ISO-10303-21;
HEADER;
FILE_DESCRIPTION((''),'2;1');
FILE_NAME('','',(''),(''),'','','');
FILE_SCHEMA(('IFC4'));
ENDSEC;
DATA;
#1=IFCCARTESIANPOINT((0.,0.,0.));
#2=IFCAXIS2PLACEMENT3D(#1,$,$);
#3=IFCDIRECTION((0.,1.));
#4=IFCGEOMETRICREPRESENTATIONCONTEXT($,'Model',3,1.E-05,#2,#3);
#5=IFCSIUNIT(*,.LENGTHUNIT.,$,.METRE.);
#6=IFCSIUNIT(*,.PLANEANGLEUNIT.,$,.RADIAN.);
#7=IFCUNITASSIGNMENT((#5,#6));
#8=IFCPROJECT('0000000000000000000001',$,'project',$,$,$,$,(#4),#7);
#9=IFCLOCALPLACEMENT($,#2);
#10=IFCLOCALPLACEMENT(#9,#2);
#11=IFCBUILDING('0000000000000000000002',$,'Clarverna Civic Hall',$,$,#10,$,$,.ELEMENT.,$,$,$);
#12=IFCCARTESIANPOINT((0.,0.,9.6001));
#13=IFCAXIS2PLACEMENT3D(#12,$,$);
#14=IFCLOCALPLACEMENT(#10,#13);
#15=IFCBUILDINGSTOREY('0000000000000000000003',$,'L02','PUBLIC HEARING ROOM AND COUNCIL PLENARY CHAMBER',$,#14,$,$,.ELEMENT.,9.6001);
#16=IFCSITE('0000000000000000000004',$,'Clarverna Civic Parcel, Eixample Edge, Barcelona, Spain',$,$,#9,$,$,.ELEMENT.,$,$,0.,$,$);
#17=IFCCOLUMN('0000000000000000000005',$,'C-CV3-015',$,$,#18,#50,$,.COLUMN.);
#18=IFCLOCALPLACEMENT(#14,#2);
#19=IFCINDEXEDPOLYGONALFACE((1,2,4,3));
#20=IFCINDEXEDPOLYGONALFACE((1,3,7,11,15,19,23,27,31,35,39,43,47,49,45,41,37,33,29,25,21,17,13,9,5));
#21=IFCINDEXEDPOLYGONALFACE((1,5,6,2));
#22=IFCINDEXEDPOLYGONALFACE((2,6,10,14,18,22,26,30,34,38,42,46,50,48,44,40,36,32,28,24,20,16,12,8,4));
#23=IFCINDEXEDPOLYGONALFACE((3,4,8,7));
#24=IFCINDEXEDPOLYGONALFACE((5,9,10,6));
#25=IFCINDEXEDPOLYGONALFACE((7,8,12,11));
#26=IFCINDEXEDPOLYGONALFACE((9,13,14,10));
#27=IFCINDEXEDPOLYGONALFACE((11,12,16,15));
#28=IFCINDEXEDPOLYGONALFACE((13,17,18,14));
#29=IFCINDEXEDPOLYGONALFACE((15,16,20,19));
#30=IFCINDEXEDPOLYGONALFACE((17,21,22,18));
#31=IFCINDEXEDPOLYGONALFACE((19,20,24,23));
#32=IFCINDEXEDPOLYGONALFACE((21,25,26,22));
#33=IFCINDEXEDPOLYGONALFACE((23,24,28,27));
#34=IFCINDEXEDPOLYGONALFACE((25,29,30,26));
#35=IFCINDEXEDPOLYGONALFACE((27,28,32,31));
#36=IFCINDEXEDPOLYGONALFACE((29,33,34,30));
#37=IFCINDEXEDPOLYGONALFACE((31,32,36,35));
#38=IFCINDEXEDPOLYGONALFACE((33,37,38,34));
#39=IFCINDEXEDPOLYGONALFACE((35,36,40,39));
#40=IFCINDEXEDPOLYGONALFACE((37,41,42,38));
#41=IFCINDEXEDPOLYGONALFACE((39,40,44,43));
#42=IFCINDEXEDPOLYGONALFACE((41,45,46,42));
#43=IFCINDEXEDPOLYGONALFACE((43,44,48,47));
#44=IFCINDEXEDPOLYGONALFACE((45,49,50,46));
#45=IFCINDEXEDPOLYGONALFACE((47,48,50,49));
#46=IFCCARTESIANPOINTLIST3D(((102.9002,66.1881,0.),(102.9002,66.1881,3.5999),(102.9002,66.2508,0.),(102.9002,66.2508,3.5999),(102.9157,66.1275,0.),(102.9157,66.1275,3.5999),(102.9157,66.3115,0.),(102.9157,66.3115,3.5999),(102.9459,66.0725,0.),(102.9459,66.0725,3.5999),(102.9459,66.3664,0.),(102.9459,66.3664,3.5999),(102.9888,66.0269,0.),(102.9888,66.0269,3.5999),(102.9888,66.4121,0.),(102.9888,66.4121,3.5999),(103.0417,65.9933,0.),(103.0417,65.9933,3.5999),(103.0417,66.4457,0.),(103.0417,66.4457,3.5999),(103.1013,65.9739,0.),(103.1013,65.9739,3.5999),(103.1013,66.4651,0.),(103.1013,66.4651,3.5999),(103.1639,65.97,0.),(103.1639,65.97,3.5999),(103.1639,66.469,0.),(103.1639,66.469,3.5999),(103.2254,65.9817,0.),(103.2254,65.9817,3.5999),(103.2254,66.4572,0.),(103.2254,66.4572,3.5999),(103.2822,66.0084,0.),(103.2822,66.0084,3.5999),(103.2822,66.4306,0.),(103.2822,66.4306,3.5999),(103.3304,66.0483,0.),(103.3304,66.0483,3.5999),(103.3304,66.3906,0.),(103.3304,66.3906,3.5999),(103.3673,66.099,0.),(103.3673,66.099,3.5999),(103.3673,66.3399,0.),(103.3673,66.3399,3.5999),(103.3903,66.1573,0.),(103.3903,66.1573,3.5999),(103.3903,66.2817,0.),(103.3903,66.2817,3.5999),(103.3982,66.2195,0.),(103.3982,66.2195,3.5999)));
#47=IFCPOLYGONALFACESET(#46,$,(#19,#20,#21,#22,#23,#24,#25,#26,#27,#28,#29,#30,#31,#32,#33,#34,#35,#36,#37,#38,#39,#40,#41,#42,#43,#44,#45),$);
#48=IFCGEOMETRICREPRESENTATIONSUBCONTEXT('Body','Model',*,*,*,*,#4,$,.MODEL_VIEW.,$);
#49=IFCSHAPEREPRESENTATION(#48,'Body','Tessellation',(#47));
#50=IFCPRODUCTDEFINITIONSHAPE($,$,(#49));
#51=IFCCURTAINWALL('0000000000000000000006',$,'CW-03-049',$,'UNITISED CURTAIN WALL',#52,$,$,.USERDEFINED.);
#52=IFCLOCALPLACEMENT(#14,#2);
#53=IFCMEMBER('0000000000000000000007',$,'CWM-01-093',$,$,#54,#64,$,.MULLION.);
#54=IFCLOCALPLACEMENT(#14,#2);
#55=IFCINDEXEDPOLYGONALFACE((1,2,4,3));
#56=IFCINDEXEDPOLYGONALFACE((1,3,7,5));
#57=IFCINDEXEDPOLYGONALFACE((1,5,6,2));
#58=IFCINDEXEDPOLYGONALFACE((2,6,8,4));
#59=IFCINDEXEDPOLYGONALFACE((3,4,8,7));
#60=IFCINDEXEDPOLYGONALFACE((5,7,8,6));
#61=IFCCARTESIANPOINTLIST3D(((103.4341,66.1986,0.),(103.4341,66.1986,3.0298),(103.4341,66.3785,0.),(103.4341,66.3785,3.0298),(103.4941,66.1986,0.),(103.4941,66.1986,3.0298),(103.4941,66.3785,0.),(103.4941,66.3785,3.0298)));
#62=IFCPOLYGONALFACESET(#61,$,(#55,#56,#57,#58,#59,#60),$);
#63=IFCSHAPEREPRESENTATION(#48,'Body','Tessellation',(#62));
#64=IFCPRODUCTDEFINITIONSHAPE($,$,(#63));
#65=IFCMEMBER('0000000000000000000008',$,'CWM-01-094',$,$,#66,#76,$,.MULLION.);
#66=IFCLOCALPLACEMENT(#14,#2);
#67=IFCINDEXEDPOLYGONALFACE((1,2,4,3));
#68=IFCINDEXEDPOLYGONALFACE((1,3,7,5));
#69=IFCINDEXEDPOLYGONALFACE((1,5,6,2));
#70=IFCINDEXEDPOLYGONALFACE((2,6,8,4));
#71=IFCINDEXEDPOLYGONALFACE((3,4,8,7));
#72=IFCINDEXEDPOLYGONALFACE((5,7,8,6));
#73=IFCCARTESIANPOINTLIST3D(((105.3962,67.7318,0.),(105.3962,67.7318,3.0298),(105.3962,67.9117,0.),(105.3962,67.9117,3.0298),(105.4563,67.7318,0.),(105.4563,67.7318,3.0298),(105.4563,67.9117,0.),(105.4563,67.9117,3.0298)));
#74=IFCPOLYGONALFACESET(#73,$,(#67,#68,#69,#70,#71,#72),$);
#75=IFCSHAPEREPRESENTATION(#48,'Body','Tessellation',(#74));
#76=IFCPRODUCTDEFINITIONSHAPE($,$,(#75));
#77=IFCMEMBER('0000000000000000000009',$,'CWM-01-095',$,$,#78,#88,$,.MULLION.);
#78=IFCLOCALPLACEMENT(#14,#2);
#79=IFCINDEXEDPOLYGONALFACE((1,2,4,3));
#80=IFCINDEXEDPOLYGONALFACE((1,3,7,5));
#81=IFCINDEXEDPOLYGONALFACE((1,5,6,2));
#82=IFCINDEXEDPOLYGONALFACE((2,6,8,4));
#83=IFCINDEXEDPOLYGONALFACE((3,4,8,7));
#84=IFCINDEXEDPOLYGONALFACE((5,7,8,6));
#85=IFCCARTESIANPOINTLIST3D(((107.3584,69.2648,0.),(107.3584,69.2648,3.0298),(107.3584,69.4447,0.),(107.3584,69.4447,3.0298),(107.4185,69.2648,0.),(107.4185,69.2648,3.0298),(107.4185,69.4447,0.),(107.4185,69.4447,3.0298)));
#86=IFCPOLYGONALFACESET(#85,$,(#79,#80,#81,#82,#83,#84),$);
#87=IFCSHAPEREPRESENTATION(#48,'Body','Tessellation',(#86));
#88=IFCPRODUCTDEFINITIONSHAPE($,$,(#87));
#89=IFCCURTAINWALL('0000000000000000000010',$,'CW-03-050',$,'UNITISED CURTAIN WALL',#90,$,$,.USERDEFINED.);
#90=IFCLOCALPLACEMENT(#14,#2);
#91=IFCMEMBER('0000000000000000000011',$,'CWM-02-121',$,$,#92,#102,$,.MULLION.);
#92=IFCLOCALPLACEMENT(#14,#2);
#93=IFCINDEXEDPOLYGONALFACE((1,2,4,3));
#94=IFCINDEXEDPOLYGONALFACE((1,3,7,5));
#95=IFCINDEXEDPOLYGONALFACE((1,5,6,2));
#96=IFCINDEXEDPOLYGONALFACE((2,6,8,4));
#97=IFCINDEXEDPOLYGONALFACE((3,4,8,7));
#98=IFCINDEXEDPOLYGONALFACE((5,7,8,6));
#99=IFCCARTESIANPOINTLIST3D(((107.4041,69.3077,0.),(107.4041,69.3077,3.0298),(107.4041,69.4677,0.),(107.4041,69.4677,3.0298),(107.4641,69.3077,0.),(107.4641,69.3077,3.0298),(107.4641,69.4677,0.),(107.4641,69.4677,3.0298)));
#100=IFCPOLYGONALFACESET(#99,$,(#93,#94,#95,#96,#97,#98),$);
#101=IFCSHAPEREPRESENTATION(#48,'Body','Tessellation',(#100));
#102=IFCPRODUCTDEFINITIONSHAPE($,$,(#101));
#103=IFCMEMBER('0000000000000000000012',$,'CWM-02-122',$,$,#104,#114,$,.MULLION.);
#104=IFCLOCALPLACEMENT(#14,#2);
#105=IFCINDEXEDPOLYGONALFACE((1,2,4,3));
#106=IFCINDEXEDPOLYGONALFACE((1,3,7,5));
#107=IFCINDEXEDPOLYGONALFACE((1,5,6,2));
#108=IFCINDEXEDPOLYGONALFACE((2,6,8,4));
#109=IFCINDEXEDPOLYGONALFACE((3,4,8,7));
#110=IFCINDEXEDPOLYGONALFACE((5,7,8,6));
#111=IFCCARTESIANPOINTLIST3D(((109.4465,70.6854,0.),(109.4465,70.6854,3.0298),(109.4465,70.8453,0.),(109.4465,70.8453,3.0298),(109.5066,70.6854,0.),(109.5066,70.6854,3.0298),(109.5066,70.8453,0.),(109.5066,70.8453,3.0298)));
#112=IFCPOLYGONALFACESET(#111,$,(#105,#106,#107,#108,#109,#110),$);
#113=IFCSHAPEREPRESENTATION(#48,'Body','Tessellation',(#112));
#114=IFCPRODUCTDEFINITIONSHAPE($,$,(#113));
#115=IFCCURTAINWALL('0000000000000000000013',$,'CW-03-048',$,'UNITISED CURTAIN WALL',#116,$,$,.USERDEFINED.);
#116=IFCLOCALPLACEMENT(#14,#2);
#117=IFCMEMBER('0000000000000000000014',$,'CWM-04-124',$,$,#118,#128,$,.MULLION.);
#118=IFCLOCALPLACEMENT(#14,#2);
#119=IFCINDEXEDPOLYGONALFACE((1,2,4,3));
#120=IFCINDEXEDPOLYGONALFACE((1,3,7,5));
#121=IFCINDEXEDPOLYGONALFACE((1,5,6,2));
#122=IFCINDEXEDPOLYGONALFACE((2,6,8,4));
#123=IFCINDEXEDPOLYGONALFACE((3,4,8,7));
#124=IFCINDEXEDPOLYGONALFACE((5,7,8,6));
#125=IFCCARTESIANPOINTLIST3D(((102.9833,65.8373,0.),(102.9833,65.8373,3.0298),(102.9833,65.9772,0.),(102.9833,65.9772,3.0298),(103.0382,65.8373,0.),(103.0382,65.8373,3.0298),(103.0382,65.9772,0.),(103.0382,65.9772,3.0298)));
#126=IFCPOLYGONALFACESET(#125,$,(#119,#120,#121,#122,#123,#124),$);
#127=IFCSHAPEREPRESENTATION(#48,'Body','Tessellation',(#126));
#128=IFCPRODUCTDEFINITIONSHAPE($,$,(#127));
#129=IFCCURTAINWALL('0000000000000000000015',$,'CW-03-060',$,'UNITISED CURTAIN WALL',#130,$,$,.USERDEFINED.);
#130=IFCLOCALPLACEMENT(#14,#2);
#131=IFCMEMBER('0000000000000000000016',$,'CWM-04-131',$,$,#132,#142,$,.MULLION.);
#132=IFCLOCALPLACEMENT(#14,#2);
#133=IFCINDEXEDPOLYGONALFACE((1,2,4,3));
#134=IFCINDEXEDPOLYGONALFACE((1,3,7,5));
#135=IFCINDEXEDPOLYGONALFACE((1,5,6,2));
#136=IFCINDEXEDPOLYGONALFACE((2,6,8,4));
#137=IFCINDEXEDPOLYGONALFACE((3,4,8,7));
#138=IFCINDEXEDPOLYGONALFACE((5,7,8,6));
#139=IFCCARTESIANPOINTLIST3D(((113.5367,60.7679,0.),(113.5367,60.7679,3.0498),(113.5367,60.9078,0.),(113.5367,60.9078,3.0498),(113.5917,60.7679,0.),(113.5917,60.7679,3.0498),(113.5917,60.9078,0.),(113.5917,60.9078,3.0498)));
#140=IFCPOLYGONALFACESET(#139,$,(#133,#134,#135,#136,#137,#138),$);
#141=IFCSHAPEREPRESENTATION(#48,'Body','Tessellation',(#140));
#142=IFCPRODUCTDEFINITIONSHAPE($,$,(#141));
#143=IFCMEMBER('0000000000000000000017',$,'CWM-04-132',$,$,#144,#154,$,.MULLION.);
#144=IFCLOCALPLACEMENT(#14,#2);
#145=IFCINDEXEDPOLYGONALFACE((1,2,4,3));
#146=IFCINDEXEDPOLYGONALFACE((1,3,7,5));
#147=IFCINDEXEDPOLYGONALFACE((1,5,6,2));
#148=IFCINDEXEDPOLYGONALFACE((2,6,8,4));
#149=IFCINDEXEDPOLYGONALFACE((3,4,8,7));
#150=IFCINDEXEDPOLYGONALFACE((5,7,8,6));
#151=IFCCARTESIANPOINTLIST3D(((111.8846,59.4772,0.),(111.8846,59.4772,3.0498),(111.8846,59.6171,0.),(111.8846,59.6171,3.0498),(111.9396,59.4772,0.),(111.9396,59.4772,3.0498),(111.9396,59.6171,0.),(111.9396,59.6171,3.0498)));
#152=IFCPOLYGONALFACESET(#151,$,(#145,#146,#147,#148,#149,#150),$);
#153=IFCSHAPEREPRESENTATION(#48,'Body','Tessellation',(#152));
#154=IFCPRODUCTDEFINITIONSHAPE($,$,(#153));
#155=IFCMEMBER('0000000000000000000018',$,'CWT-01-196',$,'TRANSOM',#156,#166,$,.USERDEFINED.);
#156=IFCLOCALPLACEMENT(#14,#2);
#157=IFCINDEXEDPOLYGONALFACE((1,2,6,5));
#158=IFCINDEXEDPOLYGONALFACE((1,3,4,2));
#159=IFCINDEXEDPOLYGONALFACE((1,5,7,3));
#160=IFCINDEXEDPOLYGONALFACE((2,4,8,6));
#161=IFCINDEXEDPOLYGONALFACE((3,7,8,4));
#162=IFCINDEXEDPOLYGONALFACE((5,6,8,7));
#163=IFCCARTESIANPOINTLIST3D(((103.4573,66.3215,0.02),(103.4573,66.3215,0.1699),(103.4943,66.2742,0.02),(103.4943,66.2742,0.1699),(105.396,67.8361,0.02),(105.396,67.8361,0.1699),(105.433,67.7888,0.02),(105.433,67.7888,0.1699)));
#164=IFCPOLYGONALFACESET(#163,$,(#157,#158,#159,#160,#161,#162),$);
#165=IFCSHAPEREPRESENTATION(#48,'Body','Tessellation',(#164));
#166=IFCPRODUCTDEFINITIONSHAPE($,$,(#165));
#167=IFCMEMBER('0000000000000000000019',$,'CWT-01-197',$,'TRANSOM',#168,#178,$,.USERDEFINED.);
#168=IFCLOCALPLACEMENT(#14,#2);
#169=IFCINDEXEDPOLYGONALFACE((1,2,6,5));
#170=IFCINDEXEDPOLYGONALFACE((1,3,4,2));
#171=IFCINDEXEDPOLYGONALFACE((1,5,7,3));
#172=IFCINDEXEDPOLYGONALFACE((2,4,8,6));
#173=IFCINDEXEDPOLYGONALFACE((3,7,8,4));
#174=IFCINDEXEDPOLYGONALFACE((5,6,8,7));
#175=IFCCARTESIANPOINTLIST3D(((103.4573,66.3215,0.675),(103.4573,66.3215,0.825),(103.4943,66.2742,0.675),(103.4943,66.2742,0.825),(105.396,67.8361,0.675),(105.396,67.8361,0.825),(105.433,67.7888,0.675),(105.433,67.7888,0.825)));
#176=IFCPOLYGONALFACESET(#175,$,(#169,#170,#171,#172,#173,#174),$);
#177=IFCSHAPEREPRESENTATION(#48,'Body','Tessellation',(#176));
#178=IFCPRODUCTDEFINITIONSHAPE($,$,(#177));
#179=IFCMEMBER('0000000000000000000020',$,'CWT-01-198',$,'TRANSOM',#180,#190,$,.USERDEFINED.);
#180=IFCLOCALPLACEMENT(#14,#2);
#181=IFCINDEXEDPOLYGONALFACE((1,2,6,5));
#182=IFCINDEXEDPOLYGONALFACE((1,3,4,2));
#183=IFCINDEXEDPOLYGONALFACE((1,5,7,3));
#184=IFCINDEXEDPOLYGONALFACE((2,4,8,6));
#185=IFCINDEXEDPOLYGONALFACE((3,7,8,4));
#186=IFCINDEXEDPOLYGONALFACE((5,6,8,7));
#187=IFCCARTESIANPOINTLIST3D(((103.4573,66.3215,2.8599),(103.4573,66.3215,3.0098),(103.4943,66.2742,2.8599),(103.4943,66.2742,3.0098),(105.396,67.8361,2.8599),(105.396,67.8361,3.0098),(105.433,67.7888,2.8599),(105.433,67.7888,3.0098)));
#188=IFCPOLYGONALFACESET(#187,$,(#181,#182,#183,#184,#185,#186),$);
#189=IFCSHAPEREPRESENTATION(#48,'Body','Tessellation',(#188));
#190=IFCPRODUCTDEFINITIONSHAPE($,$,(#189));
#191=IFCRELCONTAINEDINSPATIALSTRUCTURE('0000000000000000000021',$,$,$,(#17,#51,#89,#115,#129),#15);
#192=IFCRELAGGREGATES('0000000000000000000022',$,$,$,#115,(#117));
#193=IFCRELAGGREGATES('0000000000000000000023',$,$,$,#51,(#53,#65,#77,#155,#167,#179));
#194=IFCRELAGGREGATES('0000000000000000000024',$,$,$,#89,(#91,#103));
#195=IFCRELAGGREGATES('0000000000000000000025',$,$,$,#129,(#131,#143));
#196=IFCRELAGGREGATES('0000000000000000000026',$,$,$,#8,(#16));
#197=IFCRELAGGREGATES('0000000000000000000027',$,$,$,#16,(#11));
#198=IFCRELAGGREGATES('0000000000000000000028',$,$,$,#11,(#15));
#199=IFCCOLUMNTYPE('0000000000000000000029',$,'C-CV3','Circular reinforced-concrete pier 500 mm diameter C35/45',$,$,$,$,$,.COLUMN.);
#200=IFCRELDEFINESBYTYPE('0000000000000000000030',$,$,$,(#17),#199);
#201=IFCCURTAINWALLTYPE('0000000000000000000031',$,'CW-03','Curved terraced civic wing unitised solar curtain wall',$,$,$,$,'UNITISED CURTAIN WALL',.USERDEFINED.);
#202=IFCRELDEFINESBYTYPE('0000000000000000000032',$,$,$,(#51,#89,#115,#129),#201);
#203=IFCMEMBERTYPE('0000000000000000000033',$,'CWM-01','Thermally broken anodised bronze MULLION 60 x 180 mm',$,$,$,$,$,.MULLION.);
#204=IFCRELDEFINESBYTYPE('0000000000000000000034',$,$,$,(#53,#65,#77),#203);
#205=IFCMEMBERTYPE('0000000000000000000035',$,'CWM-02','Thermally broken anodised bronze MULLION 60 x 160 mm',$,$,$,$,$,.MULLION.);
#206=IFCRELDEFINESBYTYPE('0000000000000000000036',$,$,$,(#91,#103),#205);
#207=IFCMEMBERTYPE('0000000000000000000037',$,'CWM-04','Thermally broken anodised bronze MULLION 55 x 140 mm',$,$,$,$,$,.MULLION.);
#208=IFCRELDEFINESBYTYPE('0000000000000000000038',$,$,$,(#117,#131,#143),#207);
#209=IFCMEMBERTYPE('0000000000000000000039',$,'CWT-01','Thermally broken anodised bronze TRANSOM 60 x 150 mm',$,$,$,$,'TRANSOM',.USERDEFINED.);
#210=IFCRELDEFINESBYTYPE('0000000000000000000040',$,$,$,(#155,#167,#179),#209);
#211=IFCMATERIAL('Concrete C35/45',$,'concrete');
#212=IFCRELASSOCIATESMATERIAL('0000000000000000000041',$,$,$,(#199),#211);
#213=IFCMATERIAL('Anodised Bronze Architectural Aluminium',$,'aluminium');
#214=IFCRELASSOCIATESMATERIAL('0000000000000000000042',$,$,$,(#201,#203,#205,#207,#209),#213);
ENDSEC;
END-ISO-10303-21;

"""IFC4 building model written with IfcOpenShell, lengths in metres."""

from ifc_helpers import new_model, si_unit, direction, frame, origin, origin_2d, place, context, subcontext, project, spatial, rectangle, circle, extrude, material, material_profile, profile_set, type_object, element, aggregate, save


model = new_model("IFC4")

# Units and contexts
model_context = context("Model", 3, precision=1e-05, world=origin(), true_north=direction((0.0, 1.0)))
body_context = subcontext(model_context, "Body", "Model", "MODEL_VIEW")
ifc_project = project(units=[si_unit("LENGTHUNIT", "METRE"), si_unit("PLANEANGLEUNIT", "RADIAN")], contexts=[model_context])

# Site, building, storey
site_placement = place(None, origin())
site = spatial("IfcSite", under=ifc_project, at=site_placement, Name="Clarverna Civic Parcel, Eixample Edge, Barcelona, Spain", CompositionType="ELEMENT", RefElevation=0.0)
building_placement = place(site_placement, origin())
building = spatial("IfcBuilding", under=site, at=building_placement, Name="Clarverna Civic Hall", CompositionType="ELEMENT")
storey_placement = place(building_placement, frame((0.0, 0.0, 9.6001)))
storey = spatial("IfcBuildingStorey", under=building, at=storey_placement, Name="L02", Description="PUBLIC HEARING ROOM AND COUNCIL PLENARY CHAMBER", CompositionType="ELEMENT", Elevation=9.6001)

# Column
ifc_material_1 = material(Name="Concrete C35/45", Category="concrete")
ifc_material_profile_1 = material_profile(ifc_material_1, circle(Radius=0.25, at=origin_2d()), Name="RC D500")
ifc_profile_set_1 = profile_set([ifc_material_profile_1], Name="Concrete C35/45")
column_type = type_object("IfcColumnType", Name="C-CV3", Description="Circular reinforced-concrete pier 500 mm diameter C35/45", PredefinedType="COLUMN", material=ifc_profile_set_1)
column_placement = place(storey_placement, frame((103.1482, 66.2195, 0.0), z_axis=(0.0, 0.0, 1.0), x_axis=(1.0, 0.0, 0.0)))
element("IfcColumn", 1, at=column_placement, inside=storey, type_object=column_type, Name="C-CV3-015", PredefinedType="COLUMN", context=body_context, shape_type="SweptSolid", body=[
    extrude(circle(Radius=0.25, at=origin_2d()), origin(), (0.0, 0.0, 1.0), 3.5999),
])

# Curtain walls, members
ifc_material_2 = material(Name="Anodised Bronze Architectural Aluminium", Category="aluminium")
curtain_wall_type = type_object("IfcCurtainWallType", Name="CW-03", Description="Curved terraced civic wing unitised solar curtain wall", ElementType="UNITISED CURTAIN WALL", PredefinedType="USERDEFINED", material=ifc_material_2)
curtain_wall_1_placement = place(storey_placement, origin())
curtain_wall_1 = element("IfcCurtainWall", 2, at=curtain_wall_1_placement, inside=storey, type_object=curtain_wall_type, Name="CW-03-049", ObjectType="UNITISED CURTAIN WALL", PredefinedType="USERDEFINED")
ifc_material_profile_2 = material_profile(ifc_material_2, rectangle(XDim=0.0601, YDim=0.1799, at=origin_2d()), Name="BRONZE 60x180")
ifc_profile_set_2 = profile_set([ifc_material_profile_2], Name="Anodised Bronze Architectural Aluminium")
member_type_1 = type_object("IfcMemberType", Name="CWM-01", Description="Thermally broken anodised bronze MULLION 60 x 180 mm", PredefinedType="MULLION", material=ifc_profile_set_2)
member_1_placement = place(storey_placement, frame((103.4641, 66.2886, 0.0), z_axis=(0.0, 0.0, 1.0), x_axis=(1.0, 0.0, 0.0)))
member_1 = element("IfcMember", 3, at=member_1_placement, type_object=member_type_1, Name="CWM-01-093", PredefinedType="MULLION", context=body_context, shape_type="SweptSolid", body=[
    extrude(rectangle(XDim=0.0601, YDim=0.1799, at=origin_2d()), origin(), (0.0, 0.0, 1.0), 3.0298),
])
member_2_placement = place(storey_placement, frame((105.4263, 67.8218, 0.0), z_axis=(0.0, 0.0, 1.0), x_axis=(1.0, 0.0, 0.0)))
member_2 = element("IfcMember", 4, at=member_2_placement, type_object=member_type_1, Name="CWM-01-094", PredefinedType="MULLION", context=body_context, shape_type="SweptSolid", body=[
    extrude(rectangle(XDim=0.0601, YDim=0.1799, at=origin_2d()), origin(), (0.0, 0.0, 1.0), 3.0298),
])
member_3_placement = place(storey_placement, frame((107.3884, 69.3547, 0.0), z_axis=(0.0, 0.0, 1.0), x_axis=(1.0, 0.0, 0.0)))
member_3 = element("IfcMember", 5, at=member_3_placement, type_object=member_type_1, Name="CWM-01-095", PredefinedType="MULLION", context=body_context, shape_type="SweptSolid", body=[
    extrude(rectangle(XDim=0.0601, YDim=0.1799, at=origin_2d()), origin(), (0.0, 0.0, 1.0), 3.0298),
])
curtain_wall_2_placement = place(storey_placement, origin())
curtain_wall_2 = element("IfcCurtainWall", 6, at=curtain_wall_2_placement, inside=storey, type_object=curtain_wall_type, Name="CW-03-050", ObjectType="UNITISED CURTAIN WALL", PredefinedType="USERDEFINED")
ifc_material_profile_3 = material_profile(ifc_material_2, rectangle(XDim=0.0601, YDim=0.1599, at=origin_2d()), Name="BRONZE 60x160")
ifc_profile_set_3 = profile_set([ifc_material_profile_3], Name="Anodised Bronze Architectural Aluminium")
member_type_2 = type_object("IfcMemberType", Name="CWM-02", Description="Thermally broken anodised bronze MULLION 60 x 160 mm", PredefinedType="MULLION", material=ifc_profile_set_3)
member_4_placement = place(storey_placement, frame((107.4341, 69.3877, 0.0), z_axis=(0.0, 0.0, 1.0), x_axis=(1.0, 0.0, 0.0)))
member_4 = element("IfcMember", 7, at=member_4_placement, type_object=member_type_2, Name="CWM-02-121", PredefinedType="MULLION", context=body_context, shape_type="SweptSolid", body=[
    extrude(rectangle(XDim=0.0601, YDim=0.1599, at=origin_2d()), origin(), (0.0, 0.0, 1.0), 3.0298),
])
member_5_placement = place(storey_placement, frame((109.4766, 70.7654, 0.0), z_axis=(0.0, 0.0, 1.0), x_axis=(1.0, 0.0, 0.0)))
member_5 = element("IfcMember", 8, at=member_5_placement, type_object=member_type_2, Name="CWM-02-122", PredefinedType="MULLION", context=body_context, shape_type="SweptSolid", body=[
    extrude(rectangle(XDim=0.0601, YDim=0.1599, at=origin_2d()), origin(), (0.0, 0.0, 1.0), 3.0298),
])

# Curtain wall, member
curtain_wall_3_placement = place(storey_placement, origin())
curtain_wall_3 = element("IfcCurtainWall", 9, at=curtain_wall_3_placement, inside=storey, type_object=curtain_wall_type, Name="CW-03-048", ObjectType="UNITISED CURTAIN WALL", PredefinedType="USERDEFINED")
ifc_material_profile_4 = material_profile(ifc_material_2, rectangle(XDim=0.0549, YDim=0.1399, at=origin_2d()), Name="BRONZE 55x140")
ifc_profile_set_4 = profile_set([ifc_material_profile_4], Name="Anodised Bronze Architectural Aluminium")
member_type_3 = type_object("IfcMemberType", Name="CWM-04", Description="Thermally broken anodised bronze MULLION 55 x 140 mm", PredefinedType="MULLION", material=ifc_profile_set_4)
member_6_placement = place(storey_placement, frame((103.0107, 65.9072, 0.0), z_axis=(0.0, 0.0, 1.0), x_axis=(1.0, 0.0, 0.0)))
member_6 = element("IfcMember", 10, at=member_6_placement, type_object=member_type_3, Name="CWM-04-124", PredefinedType="MULLION", context=body_context, shape_type="SweptSolid", body=[
    extrude(rectangle(XDim=0.0549, YDim=0.1399, at=origin_2d()), origin(), (0.0, 0.0, 1.0), 3.0298),
])
aggregate(curtain_wall_3, [member_6])

# Curtain wall, members
curtain_wall_4_placement = place(storey_placement, origin())
curtain_wall_4 = element("IfcCurtainWall", 11, at=curtain_wall_4_placement, inside=storey, type_object=curtain_wall_type, Name="CW-03-060", ObjectType="UNITISED CURTAIN WALL", PredefinedType="USERDEFINED")
member_7_placement = place(storey_placement, frame((113.5642, 60.8379, 0.0), z_axis=(0.0, 0.0, 1.0), x_axis=(1.0, 0.0, 0.0)))
member_7 = element("IfcMember", 12, at=member_7_placement, type_object=member_type_3, Name="CWM-04-131", PredefinedType="MULLION", context=body_context, shape_type="SweptSolid", body=[
    extrude(rectangle(XDim=0.0549, YDim=0.1399, at=origin_2d()), origin(), (0.0, 0.0, 1.0), 3.0498),
])
member_8_placement = place(storey_placement, frame((111.9121, 59.5471, 0.0), z_axis=(0.0, 0.0, 1.0), x_axis=(1.0, 0.0, 0.0)))
member_8 = element("IfcMember", 13, at=member_8_placement, type_object=member_type_3, Name="CWM-04-132", PredefinedType="MULLION", context=body_context, shape_type="SweptSolid", body=[
    extrude(rectangle(XDim=0.0549, YDim=0.1399, at=origin_2d()), origin(), (0.0, 0.0, 1.0), 3.0498),
])

# Members
ifc_material_profile_5 = material_profile(ifc_material_2, rectangle(XDim=0.0601, YDim=0.1499, at=origin_2d()), Name="BRONZE 60x150")
ifc_profile_set_5 = profile_set([ifc_material_profile_5], Name="Anodised Bronze Architectural Aluminium")
member_type_4 = type_object("IfcMemberType", Name="CWT-01", Description="Thermally broken anodised bronze TRANSOM 60 x 150 mm", ElementType="TRANSOM", PredefinedType="USERDEFINED", material=ifc_profile_set_5)
member_9_placement = place(storey_placement, frame((103.4758, 66.2979, 0.095), z_axis=(0.78802, 0.61565, 0.0), x_axis=(-0.61565, 0.78802, 0.0)))
member_9 = element("IfcMember", 14, at=member_9_placement, type_object=member_type_4, Name="CWT-01-196", ObjectType="TRANSOM", PredefinedType="USERDEFINED", context=body_context, shape_type="SweptSolid", body=[
    extrude(rectangle(XDim=0.0601, YDim=0.1499, at=origin_2d()), origin(), (0.0, 0.0, 1.0), 2.4602),
])
member_10_placement = place(storey_placement, frame((103.4758, 66.2979, 0.75), z_axis=(0.78802, 0.61565, 0.0), x_axis=(-0.61565, 0.78802, 0.0)))
member_10 = element("IfcMember", 15, at=member_10_placement, type_object=member_type_4, Name="CWT-01-197", ObjectType="TRANSOM", PredefinedType="USERDEFINED", context=body_context, shape_type="SweptSolid", body=[
    extrude(rectangle(XDim=0.0601, YDim=0.1499, at=origin_2d()), origin(), (0.0, 0.0, 1.0), 2.4602),
])
member_11_placement = place(storey_placement, frame((103.4758, 66.2979, 2.9348), z_axis=(0.78802, 0.61565, 0.0), x_axis=(-0.61565, 0.78802, 0.0)))
member_11 = element("IfcMember", 16, at=member_11_placement, type_object=member_type_4, Name="CWT-01-198", ObjectType="TRANSOM", PredefinedType="USERDEFINED", context=body_context, shape_type="SweptSolid", body=[
    extrude(rectangle(XDim=0.0601, YDim=0.1499, at=origin_2d()), origin(), (0.0, 0.0, 1.0), 2.4602),
])

aggregate(curtain_wall_1, [member_1, member_2, member_3, member_9, member_10, member_11])
aggregate(curtain_wall_2, [member_4, member_5])
aggregate(curtain_wall_4, [member_7, member_8])

save(model, "model.ifc")
